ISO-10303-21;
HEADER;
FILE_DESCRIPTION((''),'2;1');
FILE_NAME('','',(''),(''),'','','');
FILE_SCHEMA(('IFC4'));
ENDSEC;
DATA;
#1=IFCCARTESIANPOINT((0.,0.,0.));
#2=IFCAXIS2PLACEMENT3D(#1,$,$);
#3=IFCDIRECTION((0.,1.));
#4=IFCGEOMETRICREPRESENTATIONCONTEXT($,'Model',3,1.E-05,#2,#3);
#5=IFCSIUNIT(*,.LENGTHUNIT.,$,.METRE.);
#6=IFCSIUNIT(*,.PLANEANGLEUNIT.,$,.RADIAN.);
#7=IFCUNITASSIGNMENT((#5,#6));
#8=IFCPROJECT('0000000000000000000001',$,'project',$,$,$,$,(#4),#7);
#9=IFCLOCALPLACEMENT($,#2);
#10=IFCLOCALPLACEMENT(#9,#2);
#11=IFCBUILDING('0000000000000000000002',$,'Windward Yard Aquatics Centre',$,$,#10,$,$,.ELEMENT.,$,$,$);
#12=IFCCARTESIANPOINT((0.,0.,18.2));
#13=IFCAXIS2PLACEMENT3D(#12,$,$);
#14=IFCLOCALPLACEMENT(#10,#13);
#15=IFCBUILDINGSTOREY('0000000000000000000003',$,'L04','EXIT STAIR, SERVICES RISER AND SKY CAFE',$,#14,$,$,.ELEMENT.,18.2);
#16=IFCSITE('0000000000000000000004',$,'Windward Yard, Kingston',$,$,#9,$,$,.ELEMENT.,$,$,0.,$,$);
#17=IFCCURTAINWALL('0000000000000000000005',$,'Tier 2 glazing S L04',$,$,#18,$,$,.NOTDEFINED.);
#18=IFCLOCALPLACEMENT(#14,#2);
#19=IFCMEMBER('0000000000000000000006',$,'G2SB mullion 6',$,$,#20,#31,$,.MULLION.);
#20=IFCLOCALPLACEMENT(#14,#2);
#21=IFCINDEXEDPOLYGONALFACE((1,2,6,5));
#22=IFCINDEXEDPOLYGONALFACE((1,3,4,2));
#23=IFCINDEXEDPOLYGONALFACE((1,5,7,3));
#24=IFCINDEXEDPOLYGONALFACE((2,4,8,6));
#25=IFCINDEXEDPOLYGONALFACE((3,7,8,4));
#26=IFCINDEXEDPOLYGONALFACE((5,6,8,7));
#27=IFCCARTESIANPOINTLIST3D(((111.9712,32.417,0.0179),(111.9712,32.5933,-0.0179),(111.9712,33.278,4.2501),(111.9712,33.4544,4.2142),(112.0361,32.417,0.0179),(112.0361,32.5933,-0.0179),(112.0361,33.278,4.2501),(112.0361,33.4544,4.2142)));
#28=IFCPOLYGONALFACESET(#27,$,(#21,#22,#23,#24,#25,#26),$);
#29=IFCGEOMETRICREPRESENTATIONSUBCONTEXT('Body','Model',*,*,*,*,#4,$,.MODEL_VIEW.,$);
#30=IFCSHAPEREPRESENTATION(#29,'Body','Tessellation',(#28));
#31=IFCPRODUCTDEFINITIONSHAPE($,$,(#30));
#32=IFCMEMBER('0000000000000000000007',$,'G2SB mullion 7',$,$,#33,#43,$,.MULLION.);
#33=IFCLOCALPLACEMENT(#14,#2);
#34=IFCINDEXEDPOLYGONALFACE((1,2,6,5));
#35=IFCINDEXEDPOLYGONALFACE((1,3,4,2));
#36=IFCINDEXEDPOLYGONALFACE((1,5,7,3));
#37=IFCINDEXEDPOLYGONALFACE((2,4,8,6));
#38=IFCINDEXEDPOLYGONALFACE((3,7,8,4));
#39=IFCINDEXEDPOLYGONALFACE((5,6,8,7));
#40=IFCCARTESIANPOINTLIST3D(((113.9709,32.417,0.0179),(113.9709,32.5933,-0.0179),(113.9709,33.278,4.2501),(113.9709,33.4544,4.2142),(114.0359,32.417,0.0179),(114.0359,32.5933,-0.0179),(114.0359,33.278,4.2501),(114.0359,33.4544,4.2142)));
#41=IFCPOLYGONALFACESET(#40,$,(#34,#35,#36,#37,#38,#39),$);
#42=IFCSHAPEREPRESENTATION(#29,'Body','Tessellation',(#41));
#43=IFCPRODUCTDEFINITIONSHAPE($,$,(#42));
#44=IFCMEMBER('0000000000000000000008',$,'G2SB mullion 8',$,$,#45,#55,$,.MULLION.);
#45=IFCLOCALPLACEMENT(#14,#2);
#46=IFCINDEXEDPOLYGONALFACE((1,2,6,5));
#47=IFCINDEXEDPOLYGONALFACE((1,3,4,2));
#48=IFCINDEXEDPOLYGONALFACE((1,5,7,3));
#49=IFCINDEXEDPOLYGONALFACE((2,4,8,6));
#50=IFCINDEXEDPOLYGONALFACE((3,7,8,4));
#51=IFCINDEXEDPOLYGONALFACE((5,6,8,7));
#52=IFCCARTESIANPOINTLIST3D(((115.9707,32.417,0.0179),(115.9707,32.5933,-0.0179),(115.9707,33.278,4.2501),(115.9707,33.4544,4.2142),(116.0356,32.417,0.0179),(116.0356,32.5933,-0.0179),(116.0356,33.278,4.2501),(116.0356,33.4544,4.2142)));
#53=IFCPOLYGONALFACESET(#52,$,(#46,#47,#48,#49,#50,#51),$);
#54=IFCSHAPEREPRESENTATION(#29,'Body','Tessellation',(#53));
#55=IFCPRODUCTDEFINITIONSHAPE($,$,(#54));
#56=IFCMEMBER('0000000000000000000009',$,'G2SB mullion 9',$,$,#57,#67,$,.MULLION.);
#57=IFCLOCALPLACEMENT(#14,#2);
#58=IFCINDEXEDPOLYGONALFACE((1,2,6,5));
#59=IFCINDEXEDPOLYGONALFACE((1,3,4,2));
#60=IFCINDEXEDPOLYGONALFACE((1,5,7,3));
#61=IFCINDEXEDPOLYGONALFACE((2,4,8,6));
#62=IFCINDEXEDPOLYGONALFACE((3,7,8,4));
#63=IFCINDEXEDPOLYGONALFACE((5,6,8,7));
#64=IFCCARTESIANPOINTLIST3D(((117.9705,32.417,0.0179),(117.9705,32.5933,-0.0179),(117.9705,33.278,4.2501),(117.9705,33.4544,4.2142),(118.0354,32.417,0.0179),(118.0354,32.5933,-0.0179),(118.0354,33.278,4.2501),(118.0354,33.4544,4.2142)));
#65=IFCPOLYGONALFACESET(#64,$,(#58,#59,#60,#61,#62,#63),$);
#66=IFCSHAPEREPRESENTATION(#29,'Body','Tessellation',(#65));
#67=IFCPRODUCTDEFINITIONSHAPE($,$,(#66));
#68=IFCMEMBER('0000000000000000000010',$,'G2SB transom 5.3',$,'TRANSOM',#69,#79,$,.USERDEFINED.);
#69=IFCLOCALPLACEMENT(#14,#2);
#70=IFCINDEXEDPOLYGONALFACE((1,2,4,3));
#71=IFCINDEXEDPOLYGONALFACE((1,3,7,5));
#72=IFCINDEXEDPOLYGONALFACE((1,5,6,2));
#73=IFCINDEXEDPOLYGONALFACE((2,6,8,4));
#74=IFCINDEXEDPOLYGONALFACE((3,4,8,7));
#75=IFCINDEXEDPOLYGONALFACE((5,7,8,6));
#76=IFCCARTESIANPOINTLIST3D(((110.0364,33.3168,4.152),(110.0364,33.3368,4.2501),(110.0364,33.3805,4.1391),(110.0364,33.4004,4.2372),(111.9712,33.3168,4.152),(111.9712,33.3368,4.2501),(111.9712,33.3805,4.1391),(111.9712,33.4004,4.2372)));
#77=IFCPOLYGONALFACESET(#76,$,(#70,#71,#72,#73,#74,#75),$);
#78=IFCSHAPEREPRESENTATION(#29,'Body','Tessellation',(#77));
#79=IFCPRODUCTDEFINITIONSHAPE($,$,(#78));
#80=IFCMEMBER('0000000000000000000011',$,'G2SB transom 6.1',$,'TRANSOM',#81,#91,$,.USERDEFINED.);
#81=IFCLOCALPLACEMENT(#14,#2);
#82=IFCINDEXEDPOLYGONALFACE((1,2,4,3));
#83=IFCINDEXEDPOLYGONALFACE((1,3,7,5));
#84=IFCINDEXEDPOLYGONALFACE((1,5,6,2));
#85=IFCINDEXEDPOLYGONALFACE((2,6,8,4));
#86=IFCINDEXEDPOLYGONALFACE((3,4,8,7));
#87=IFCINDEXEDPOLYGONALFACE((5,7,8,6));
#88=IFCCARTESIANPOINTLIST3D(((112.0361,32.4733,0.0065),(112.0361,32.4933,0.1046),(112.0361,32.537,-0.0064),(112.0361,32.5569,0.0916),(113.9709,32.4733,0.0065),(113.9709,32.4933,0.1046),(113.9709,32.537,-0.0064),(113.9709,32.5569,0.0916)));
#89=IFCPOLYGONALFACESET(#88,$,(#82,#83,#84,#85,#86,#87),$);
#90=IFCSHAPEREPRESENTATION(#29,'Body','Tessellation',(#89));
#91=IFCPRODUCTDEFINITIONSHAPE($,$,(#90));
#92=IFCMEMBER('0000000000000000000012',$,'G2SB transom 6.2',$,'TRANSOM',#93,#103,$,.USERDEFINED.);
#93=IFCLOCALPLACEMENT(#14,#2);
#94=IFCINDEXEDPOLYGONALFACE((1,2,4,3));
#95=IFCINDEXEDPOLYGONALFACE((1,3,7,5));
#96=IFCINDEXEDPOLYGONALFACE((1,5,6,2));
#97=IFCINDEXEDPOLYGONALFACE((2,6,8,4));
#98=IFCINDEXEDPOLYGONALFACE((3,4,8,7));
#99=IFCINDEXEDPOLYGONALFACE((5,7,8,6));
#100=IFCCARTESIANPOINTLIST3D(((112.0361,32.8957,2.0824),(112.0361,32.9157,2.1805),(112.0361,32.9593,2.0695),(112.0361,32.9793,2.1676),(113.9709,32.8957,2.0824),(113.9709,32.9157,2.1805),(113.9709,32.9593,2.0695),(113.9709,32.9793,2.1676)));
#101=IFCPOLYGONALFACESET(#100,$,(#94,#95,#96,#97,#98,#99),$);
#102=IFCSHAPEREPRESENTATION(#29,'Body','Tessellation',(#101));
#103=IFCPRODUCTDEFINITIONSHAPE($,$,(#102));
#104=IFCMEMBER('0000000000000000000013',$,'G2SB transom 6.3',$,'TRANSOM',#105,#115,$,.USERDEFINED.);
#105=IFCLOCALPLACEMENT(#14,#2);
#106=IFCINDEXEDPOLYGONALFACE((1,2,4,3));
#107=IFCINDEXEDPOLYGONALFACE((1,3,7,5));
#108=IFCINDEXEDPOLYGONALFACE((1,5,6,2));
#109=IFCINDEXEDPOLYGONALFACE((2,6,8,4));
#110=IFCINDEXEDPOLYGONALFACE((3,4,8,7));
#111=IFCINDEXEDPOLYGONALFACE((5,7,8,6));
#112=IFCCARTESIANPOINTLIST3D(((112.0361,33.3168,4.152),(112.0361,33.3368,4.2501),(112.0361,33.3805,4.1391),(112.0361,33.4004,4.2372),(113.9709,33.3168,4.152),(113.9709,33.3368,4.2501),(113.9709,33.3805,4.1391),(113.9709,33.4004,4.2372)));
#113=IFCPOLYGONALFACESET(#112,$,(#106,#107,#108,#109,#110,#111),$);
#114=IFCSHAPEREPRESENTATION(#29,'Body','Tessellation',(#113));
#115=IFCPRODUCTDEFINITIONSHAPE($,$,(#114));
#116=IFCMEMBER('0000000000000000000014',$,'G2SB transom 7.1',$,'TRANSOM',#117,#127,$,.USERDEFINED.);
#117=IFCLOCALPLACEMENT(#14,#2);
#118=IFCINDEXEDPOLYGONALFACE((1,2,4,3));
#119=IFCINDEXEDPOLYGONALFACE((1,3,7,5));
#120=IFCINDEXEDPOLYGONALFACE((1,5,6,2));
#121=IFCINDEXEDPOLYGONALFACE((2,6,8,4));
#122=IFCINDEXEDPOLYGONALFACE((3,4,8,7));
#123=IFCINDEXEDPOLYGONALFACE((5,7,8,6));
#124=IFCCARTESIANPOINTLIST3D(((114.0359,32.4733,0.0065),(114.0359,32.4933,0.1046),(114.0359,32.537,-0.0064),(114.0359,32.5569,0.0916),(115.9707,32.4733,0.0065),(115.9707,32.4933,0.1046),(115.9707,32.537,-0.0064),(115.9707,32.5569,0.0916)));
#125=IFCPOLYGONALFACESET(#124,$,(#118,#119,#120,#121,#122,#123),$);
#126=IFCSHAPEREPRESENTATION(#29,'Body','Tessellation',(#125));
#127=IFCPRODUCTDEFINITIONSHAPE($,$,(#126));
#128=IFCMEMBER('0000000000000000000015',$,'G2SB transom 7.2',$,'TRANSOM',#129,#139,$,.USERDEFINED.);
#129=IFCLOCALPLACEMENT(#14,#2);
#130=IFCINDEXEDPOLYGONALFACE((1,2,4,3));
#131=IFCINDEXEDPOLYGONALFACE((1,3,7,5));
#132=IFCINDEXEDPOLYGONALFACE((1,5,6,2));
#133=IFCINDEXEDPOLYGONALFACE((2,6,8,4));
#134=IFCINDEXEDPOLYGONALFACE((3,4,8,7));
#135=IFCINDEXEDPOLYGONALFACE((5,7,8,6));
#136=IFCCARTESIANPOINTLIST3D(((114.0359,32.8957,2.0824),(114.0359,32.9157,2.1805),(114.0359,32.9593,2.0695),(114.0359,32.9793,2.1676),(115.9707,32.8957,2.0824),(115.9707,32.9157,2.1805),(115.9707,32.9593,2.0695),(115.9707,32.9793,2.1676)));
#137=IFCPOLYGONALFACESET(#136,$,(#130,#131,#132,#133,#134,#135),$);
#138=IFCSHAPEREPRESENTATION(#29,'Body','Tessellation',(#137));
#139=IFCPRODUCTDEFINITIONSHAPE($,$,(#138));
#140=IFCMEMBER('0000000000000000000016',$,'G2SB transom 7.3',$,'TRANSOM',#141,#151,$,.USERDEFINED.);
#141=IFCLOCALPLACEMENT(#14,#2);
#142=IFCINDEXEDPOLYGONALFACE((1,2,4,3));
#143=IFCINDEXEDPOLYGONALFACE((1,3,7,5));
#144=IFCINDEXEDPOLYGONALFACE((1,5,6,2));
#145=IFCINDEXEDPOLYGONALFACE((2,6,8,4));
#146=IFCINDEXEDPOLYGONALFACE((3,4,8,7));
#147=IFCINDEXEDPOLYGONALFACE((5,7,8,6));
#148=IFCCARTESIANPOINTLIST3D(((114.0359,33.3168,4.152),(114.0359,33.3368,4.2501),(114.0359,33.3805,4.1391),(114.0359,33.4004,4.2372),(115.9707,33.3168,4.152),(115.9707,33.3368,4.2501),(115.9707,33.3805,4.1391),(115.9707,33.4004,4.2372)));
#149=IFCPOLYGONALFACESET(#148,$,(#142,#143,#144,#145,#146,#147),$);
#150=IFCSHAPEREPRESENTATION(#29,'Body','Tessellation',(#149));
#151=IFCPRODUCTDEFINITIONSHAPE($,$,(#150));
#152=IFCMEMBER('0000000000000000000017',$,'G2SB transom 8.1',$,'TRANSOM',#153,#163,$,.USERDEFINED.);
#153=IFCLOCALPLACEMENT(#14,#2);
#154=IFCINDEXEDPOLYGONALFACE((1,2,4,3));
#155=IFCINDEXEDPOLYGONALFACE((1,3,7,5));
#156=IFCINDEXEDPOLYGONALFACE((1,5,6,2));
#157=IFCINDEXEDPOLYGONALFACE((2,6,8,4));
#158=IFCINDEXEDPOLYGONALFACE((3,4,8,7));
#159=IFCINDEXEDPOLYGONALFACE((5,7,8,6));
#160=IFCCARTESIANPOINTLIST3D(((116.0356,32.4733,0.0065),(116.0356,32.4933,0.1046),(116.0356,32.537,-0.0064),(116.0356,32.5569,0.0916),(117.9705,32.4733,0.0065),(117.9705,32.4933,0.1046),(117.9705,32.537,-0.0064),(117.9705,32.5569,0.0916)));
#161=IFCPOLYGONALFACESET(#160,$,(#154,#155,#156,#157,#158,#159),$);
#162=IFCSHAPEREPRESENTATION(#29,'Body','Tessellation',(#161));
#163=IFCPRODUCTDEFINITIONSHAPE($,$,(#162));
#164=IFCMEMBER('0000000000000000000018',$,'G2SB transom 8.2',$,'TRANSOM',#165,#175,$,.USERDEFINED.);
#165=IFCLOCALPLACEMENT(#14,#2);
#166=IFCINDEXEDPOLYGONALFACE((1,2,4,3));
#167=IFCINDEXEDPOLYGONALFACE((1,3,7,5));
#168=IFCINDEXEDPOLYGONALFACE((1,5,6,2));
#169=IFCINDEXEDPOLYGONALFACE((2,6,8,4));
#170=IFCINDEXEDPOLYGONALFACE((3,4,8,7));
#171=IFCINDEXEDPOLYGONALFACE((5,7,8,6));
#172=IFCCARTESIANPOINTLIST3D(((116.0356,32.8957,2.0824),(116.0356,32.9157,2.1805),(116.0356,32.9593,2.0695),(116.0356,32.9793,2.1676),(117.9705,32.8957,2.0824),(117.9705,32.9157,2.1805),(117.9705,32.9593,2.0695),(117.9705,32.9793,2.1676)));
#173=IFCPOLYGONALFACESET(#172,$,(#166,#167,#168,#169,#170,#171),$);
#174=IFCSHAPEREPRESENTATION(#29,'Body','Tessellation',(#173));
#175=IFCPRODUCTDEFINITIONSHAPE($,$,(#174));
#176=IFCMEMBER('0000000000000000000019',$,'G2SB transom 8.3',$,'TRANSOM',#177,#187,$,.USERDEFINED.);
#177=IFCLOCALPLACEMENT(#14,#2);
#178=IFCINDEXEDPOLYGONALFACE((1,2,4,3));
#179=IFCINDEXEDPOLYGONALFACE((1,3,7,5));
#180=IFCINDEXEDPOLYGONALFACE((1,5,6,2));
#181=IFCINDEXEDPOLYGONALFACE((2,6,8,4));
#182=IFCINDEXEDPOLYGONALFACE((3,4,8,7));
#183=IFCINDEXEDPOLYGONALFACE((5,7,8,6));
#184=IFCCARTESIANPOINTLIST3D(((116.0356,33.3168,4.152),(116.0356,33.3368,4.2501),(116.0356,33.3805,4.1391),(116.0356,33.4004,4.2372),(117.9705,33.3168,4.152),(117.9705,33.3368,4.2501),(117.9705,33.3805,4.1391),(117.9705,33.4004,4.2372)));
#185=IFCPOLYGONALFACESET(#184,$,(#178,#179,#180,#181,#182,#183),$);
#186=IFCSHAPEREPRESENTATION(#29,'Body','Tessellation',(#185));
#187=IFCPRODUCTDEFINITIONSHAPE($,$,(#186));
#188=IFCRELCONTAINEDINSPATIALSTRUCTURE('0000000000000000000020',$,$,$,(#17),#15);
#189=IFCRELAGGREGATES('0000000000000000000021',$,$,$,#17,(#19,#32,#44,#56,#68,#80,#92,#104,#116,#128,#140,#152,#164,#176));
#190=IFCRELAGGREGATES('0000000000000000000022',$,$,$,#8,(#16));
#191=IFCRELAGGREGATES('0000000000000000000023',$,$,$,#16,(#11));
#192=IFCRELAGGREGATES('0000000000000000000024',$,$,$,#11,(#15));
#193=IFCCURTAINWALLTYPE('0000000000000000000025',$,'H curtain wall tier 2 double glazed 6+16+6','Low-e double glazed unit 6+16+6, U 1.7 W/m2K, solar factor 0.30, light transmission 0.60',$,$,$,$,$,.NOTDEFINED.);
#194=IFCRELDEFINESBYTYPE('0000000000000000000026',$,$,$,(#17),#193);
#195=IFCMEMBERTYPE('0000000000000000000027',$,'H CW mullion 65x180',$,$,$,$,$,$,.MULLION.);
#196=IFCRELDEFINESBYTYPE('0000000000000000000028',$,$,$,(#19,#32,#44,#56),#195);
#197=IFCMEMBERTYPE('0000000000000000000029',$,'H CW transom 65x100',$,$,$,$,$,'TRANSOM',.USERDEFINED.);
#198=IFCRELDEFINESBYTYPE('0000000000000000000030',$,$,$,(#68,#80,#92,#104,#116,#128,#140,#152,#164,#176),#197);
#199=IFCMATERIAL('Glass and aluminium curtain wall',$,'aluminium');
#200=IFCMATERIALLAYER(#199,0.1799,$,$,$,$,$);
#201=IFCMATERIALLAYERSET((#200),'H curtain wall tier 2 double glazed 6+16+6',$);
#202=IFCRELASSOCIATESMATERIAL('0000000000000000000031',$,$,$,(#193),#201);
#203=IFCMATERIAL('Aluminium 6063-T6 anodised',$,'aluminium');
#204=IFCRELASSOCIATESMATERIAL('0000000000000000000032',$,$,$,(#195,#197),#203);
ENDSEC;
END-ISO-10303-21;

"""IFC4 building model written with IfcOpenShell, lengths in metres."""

from ifc_helpers import new_model, si_unit, direction, frame, origin, origin_2d, place, context, subcontext, project, spatial, rectangle, extrude, material, layer, layer_set, material_profile, profile_set, type_object, element, aggregate, save


model = new_model("IFC4")

# Units and contexts
model_context = context("Model", 3, precision=1e-05, world=origin(), true_north=direction((0.0, 1.0)))
body_context = subcontext(model_context, "Body", "Model", "MODEL_VIEW")
ifc_project = project(units=[si_unit("LENGTHUNIT", "METRE"), si_unit("PLANEANGLEUNIT", "RADIAN")], contexts=[model_context])

# Site, building, storey
site_placement = place(None, origin())
site = spatial("IfcSite", under=ifc_project, at=site_placement, Name="Windward Yard, Kingston", CompositionType="ELEMENT", RefElevation=0.0)
building_placement = place(site_placement, origin())
building = spatial("IfcBuilding", under=site, at=building_placement, Name="Windward Yard Aquatics Centre", CompositionType="ELEMENT")
storey_placement = place(building_placement, frame((0.0, 0.0, 18.2)))
storey = spatial("IfcBuildingStorey", under=building, at=storey_placement, Name="L04", Description="EXIT STAIR, SERVICES RISER AND SKY CAFE", CompositionType="ELEMENT", Elevation=18.2)

# Curtain wall, members
ifc_material_1 = material(Name="Glass and aluminium curtain wall", Category="aluminium")
ifc_layer_1 = layer(ifc_material_1, 0.1799)
ifc_layer_set_1 = layer_set([ifc_layer_1], Name="H curtain wall tier 2 double glazed 6+16+6")
curtain_wall_type = type_object("IfcCurtainWallType", Name="H curtain wall tier 2 double glazed 6+16+6", Description="Low-e double glazed unit 6+16+6, U 1.7 W/m2K, solar factor 0.30, light transmission 0.60", PredefinedType="NOTDEFINED", material=ifc_layer_set_1)
curtain_wall_placement = place(storey_placement, origin())
curtain_wall = element("IfcCurtainWall", 1, at=curtain_wall_placement, inside=storey, type_object=curtain_wall_type, Name="Tier 2 glazing S L04", PredefinedType="NOTDEFINED")
ifc_material_2 = material(Name="Aluminium 6063-T6 anodised", Category="aluminium")
ifc_material_profile_1 = material_profile(ifc_material_2, rectangle(XDim=0.0649, YDim=0.1799, at=origin_2d()), Name="H CW mullion 65x180")
ifc_profile_set_1 = profile_set([ifc_material_profile_1], Name="Aluminium 6063-T6 anodised")
member_type_1 = type_object("IfcMemberType", Name="H CW mullion 65x180", PredefinedType="MULLION", material=ifc_profile_set_1)
member_1_placement = place(storey_placement, frame((112.0037, 32.5051, 0.0), z_axis=(0.0, 0.199376, 0.979923), x_axis=(-1.0, 0.0, 0.0)))
member_1 = element("IfcMember", 2, at=member_1_placement, type_object=member_type_1, Name="G2SB mullion 6", PredefinedType="MULLION", context=body_context, shape_type="SweptSolid", body=[
    extrude(rectangle(XDim=0.0649, YDim=0.1799, at=origin_2d()), origin(), (0.0, 0.0, 1.0), 4.3188),
])
member_2_placement = place(storey_placement, frame((114.0034, 32.5051, 0.0), z_axis=(0.0, 0.199376, 0.979923), x_axis=(-1.0, 0.0, 0.0)))
member_2 = element("IfcMember", 3, at=member_2_placement, type_object=member_type_1, Name="G2SB mullion 7", PredefinedType="MULLION", context=body_context, shape_type="SweptSolid", body=[
    extrude(rectangle(XDim=0.0649, YDim=0.1799, at=origin_2d()), origin(), (0.0, 0.0, 1.0), 4.3188),
])
member_3_placement = place(storey_placement, frame((116.0032, 32.5051, 0.0), z_axis=(0.0, 0.199376, 0.979923), x_axis=(-1.0, 0.0, 0.0)))
member_3 = element("IfcMember", 4, at=member_3_placement, type_object=member_type_1, Name="G2SB mullion 8", PredefinedType="MULLION", context=body_context, shape_type="SweptSolid", body=[
    extrude(rectangle(XDim=0.0649, YDim=0.1799, at=origin_2d()), origin(), (0.0, 0.0, 1.0), 4.3188),
])
member_4_placement = place(storey_placement, frame((118.0029, 32.5051, 0.0), z_axis=(0.0, 0.199376, 0.979923), x_axis=(-1.0, 0.0, 0.0)))
member_4 = element("IfcMember", 5, at=member_4_placement, type_object=member_type_1, Name="G2SB mullion 9", PredefinedType="MULLION", context=body_context, shape_type="SweptSolid", body=[
    extrude(rectangle(XDim=0.0649, YDim=0.1799, at=origin_2d()), origin(), (0.0, 0.0, 1.0), 4.3188),
])
ifc_material_profile_2 = material_profile(ifc_material_2, rectangle(XDim=0.0649, YDim=0.1001, at=origin_2d()), Name="H CW transom 65x100")
ifc_profile_set_2 = profile_set([ifc_material_profile_2], Name="Aluminium 6063-T6 anodised")
member_type_2 = type_object("IfcMemberType", Name="H CW transom 65x100", ElementType="TRANSOM", PredefinedType="USERDEFINED", material=ifc_profile_set_2)
member_5_placement = place(storey_placement, frame((110.0364, 33.3586, 4.1946), z_axis=(1.0, 0.0, 0.0), x_axis=(0.0, -0.979925, 0.199368)))
member_5 = element("IfcMember", 6, at=member_5_placement, type_object=member_type_2, Name="G2SB transom 5.3", ObjectType="TRANSOM", PredefinedType="USERDEFINED", context=body_context, shape_type="SweptSolid", body=[
    extrude(rectangle(XDim=0.0649, YDim=0.1001, at=origin_2d()), origin(), (0.0, 0.0, 1.0), 1.9348),
])
member_6_placement = place(storey_placement, frame((112.0361, 32.5151, 0.0491), z_axis=(1.0, 0.0, 0.0), x_axis=(0.0, -0.979925, 0.199368)))
member_6 = element("IfcMember", 7, at=member_6_placement, type_object=member_type_2, Name="G2SB transom 6.1", ObjectType="TRANSOM", PredefinedType="USERDEFINED", context=body_context, shape_type="SweptSolid", body=[
    extrude(rectangle(XDim=0.0649, YDim=0.1001, at=origin_2d()), origin(), (0.0, 0.0, 1.0), 1.9348),
])
member_7_placement = place(storey_placement, frame((112.0361, 32.9375, 2.125), z_axis=(1.0, 0.0, 0.0), x_axis=(0.0, -0.979925, 0.199368)))
member_7 = element("IfcMember", 8, at=member_7_placement, type_object=member_type_2, Name="G2SB transom 6.2", ObjectType="TRANSOM", PredefinedType="USERDEFINED", context=body_context, shape_type="SweptSolid", body=[
    extrude(rectangle(XDim=0.0649, YDim=0.1001, at=origin_2d()), origin(), (0.0, 0.0, 1.0), 1.9348),
])
member_8_placement = place(storey_placement, frame((112.0361, 33.3586, 4.1946), z_axis=(1.0, 0.0, 0.0), x_axis=(0.0, -0.979925, 0.199368)))
member_8 = element("IfcMember", 9, at=member_8_placement, type_object=member_type_2, Name="G2SB transom 6.3", ObjectType="TRANSOM", PredefinedType="USERDEFINED", context=body_context, shape_type="SweptSolid", body=[
    extrude(rectangle(XDim=0.0649, YDim=0.1001, at=origin_2d()), origin(), (0.0, 0.0, 1.0), 1.9348),
])
member_9_placement = place(storey_placement, frame((114.0359, 32.5151, 0.0491), z_axis=(1.0, 0.0, 0.0), x_axis=(0.0, -0.979925, 0.199368)))
member_9 = element("IfcMember", 10, at=member_9_placement, type_object=member_type_2, Name="G2SB transom 7.1", ObjectType="TRANSOM", PredefinedType="USERDEFINED", context=body_context, shape_type="SweptSolid", body=[
    extrude(rectangle(XDim=0.0649, YDim=0.1001, at=origin_2d()), origin(), (0.0, 0.0, 1.0), 1.9348),
])
member_10_placement = place(storey_placement, frame((114.0359, 32.9375, 2.125), z_axis=(1.0, 0.0, 0.0), x_axis=(0.0, -0.979925, 0.199368)))
member_10 = element("IfcMember", 11, at=member_10_placement, type_object=member_type_2, Name="G2SB transom 7.2", ObjectType="TRANSOM", PredefinedType="USERDEFINED", context=body_context, shape_type="SweptSolid", body=[
    extrude(rectangle(XDim=0.0649, YDim=0.1001, at=origin_2d()), origin(), (0.0, 0.0, 1.0), 1.9348),
])
member_11_placement = place(storey_placement, frame((114.0359, 33.3586, 4.1946), z_axis=(1.0, 0.0, 0.0), x_axis=(0.0, -0.979925, 0.199368)))
member_11 = element("IfcMember", 12, at=member_11_placement, type_object=member_type_2, Name="G2SB transom 7.3", ObjectType="TRANSOM", PredefinedType="USERDEFINED", context=body_context, shape_type="SweptSolid", body=[
    extrude(rectangle(XDim=0.0649, YDim=0.1001, at=origin_2d()), origin(), (0.0, 0.0, 1.0), 1.9348),
])
member_12_placement = place(storey_placement, frame((116.0356, 32.5151, 0.0491), z_axis=(1.0, 0.0, 0.0), x_axis=(0.0, -0.979925, 0.199368)))
member_12 = element("IfcMember", 13, at=member_12_placement, type_object=member_type_2, Name="G2SB transom 8.1", ObjectType="TRANSOM", PredefinedType="USERDEFINED", context=body_context, shape_type="SweptSolid", body=[
    extrude(rectangle(XDim=0.0649, YDim=0.1001, at=origin_2d()), origin(), (0.0, 0.0, 1.0), 1.9348),
])
member_13_placement = place(storey_placement, frame((116.0356, 32.9375, 2.125), z_axis=(1.0, 0.0, 0.0), x_axis=(0.0, -0.979925, 0.199368)))
member_13 = element("IfcMember", 14, at=member_13_placement, type_object=member_type_2, Name="G2SB transom 8.2", ObjectType="TRANSOM", PredefinedType="USERDEFINED", context=body_context, shape_type="SweptSolid", body=[
    extrude(rectangle(XDim=0.0649, YDim=0.1001, at=origin_2d()), origin(), (0.0, 0.0, 1.0), 1.9348),
])
member_14_placement = place(storey_placement, frame((116.0356, 33.3586, 4.1946), z_axis=(1.0, 0.0, 0.0), x_axis=(0.0, -0.979925, 0.199368)))
member_14 = element("IfcMember", 15, at=member_14_placement, type_object=member_type_2, Name="G2SB transom 8.3", ObjectType="TRANSOM", PredefinedType="USERDEFINED", context=body_context, shape_type="SweptSolid", body=[
    extrude(rectangle(XDim=0.0649, YDim=0.1001, at=origin_2d()), origin(), (0.0, 0.0, 1.0), 1.9348),
])
aggregate(curtain_wall, [member_1, member_2, member_3, member_4, member_5, member_6, member_7, member_8, member_9, member_10, member_11, member_12, member_13, member_14])

save(model, "model.ifc")
